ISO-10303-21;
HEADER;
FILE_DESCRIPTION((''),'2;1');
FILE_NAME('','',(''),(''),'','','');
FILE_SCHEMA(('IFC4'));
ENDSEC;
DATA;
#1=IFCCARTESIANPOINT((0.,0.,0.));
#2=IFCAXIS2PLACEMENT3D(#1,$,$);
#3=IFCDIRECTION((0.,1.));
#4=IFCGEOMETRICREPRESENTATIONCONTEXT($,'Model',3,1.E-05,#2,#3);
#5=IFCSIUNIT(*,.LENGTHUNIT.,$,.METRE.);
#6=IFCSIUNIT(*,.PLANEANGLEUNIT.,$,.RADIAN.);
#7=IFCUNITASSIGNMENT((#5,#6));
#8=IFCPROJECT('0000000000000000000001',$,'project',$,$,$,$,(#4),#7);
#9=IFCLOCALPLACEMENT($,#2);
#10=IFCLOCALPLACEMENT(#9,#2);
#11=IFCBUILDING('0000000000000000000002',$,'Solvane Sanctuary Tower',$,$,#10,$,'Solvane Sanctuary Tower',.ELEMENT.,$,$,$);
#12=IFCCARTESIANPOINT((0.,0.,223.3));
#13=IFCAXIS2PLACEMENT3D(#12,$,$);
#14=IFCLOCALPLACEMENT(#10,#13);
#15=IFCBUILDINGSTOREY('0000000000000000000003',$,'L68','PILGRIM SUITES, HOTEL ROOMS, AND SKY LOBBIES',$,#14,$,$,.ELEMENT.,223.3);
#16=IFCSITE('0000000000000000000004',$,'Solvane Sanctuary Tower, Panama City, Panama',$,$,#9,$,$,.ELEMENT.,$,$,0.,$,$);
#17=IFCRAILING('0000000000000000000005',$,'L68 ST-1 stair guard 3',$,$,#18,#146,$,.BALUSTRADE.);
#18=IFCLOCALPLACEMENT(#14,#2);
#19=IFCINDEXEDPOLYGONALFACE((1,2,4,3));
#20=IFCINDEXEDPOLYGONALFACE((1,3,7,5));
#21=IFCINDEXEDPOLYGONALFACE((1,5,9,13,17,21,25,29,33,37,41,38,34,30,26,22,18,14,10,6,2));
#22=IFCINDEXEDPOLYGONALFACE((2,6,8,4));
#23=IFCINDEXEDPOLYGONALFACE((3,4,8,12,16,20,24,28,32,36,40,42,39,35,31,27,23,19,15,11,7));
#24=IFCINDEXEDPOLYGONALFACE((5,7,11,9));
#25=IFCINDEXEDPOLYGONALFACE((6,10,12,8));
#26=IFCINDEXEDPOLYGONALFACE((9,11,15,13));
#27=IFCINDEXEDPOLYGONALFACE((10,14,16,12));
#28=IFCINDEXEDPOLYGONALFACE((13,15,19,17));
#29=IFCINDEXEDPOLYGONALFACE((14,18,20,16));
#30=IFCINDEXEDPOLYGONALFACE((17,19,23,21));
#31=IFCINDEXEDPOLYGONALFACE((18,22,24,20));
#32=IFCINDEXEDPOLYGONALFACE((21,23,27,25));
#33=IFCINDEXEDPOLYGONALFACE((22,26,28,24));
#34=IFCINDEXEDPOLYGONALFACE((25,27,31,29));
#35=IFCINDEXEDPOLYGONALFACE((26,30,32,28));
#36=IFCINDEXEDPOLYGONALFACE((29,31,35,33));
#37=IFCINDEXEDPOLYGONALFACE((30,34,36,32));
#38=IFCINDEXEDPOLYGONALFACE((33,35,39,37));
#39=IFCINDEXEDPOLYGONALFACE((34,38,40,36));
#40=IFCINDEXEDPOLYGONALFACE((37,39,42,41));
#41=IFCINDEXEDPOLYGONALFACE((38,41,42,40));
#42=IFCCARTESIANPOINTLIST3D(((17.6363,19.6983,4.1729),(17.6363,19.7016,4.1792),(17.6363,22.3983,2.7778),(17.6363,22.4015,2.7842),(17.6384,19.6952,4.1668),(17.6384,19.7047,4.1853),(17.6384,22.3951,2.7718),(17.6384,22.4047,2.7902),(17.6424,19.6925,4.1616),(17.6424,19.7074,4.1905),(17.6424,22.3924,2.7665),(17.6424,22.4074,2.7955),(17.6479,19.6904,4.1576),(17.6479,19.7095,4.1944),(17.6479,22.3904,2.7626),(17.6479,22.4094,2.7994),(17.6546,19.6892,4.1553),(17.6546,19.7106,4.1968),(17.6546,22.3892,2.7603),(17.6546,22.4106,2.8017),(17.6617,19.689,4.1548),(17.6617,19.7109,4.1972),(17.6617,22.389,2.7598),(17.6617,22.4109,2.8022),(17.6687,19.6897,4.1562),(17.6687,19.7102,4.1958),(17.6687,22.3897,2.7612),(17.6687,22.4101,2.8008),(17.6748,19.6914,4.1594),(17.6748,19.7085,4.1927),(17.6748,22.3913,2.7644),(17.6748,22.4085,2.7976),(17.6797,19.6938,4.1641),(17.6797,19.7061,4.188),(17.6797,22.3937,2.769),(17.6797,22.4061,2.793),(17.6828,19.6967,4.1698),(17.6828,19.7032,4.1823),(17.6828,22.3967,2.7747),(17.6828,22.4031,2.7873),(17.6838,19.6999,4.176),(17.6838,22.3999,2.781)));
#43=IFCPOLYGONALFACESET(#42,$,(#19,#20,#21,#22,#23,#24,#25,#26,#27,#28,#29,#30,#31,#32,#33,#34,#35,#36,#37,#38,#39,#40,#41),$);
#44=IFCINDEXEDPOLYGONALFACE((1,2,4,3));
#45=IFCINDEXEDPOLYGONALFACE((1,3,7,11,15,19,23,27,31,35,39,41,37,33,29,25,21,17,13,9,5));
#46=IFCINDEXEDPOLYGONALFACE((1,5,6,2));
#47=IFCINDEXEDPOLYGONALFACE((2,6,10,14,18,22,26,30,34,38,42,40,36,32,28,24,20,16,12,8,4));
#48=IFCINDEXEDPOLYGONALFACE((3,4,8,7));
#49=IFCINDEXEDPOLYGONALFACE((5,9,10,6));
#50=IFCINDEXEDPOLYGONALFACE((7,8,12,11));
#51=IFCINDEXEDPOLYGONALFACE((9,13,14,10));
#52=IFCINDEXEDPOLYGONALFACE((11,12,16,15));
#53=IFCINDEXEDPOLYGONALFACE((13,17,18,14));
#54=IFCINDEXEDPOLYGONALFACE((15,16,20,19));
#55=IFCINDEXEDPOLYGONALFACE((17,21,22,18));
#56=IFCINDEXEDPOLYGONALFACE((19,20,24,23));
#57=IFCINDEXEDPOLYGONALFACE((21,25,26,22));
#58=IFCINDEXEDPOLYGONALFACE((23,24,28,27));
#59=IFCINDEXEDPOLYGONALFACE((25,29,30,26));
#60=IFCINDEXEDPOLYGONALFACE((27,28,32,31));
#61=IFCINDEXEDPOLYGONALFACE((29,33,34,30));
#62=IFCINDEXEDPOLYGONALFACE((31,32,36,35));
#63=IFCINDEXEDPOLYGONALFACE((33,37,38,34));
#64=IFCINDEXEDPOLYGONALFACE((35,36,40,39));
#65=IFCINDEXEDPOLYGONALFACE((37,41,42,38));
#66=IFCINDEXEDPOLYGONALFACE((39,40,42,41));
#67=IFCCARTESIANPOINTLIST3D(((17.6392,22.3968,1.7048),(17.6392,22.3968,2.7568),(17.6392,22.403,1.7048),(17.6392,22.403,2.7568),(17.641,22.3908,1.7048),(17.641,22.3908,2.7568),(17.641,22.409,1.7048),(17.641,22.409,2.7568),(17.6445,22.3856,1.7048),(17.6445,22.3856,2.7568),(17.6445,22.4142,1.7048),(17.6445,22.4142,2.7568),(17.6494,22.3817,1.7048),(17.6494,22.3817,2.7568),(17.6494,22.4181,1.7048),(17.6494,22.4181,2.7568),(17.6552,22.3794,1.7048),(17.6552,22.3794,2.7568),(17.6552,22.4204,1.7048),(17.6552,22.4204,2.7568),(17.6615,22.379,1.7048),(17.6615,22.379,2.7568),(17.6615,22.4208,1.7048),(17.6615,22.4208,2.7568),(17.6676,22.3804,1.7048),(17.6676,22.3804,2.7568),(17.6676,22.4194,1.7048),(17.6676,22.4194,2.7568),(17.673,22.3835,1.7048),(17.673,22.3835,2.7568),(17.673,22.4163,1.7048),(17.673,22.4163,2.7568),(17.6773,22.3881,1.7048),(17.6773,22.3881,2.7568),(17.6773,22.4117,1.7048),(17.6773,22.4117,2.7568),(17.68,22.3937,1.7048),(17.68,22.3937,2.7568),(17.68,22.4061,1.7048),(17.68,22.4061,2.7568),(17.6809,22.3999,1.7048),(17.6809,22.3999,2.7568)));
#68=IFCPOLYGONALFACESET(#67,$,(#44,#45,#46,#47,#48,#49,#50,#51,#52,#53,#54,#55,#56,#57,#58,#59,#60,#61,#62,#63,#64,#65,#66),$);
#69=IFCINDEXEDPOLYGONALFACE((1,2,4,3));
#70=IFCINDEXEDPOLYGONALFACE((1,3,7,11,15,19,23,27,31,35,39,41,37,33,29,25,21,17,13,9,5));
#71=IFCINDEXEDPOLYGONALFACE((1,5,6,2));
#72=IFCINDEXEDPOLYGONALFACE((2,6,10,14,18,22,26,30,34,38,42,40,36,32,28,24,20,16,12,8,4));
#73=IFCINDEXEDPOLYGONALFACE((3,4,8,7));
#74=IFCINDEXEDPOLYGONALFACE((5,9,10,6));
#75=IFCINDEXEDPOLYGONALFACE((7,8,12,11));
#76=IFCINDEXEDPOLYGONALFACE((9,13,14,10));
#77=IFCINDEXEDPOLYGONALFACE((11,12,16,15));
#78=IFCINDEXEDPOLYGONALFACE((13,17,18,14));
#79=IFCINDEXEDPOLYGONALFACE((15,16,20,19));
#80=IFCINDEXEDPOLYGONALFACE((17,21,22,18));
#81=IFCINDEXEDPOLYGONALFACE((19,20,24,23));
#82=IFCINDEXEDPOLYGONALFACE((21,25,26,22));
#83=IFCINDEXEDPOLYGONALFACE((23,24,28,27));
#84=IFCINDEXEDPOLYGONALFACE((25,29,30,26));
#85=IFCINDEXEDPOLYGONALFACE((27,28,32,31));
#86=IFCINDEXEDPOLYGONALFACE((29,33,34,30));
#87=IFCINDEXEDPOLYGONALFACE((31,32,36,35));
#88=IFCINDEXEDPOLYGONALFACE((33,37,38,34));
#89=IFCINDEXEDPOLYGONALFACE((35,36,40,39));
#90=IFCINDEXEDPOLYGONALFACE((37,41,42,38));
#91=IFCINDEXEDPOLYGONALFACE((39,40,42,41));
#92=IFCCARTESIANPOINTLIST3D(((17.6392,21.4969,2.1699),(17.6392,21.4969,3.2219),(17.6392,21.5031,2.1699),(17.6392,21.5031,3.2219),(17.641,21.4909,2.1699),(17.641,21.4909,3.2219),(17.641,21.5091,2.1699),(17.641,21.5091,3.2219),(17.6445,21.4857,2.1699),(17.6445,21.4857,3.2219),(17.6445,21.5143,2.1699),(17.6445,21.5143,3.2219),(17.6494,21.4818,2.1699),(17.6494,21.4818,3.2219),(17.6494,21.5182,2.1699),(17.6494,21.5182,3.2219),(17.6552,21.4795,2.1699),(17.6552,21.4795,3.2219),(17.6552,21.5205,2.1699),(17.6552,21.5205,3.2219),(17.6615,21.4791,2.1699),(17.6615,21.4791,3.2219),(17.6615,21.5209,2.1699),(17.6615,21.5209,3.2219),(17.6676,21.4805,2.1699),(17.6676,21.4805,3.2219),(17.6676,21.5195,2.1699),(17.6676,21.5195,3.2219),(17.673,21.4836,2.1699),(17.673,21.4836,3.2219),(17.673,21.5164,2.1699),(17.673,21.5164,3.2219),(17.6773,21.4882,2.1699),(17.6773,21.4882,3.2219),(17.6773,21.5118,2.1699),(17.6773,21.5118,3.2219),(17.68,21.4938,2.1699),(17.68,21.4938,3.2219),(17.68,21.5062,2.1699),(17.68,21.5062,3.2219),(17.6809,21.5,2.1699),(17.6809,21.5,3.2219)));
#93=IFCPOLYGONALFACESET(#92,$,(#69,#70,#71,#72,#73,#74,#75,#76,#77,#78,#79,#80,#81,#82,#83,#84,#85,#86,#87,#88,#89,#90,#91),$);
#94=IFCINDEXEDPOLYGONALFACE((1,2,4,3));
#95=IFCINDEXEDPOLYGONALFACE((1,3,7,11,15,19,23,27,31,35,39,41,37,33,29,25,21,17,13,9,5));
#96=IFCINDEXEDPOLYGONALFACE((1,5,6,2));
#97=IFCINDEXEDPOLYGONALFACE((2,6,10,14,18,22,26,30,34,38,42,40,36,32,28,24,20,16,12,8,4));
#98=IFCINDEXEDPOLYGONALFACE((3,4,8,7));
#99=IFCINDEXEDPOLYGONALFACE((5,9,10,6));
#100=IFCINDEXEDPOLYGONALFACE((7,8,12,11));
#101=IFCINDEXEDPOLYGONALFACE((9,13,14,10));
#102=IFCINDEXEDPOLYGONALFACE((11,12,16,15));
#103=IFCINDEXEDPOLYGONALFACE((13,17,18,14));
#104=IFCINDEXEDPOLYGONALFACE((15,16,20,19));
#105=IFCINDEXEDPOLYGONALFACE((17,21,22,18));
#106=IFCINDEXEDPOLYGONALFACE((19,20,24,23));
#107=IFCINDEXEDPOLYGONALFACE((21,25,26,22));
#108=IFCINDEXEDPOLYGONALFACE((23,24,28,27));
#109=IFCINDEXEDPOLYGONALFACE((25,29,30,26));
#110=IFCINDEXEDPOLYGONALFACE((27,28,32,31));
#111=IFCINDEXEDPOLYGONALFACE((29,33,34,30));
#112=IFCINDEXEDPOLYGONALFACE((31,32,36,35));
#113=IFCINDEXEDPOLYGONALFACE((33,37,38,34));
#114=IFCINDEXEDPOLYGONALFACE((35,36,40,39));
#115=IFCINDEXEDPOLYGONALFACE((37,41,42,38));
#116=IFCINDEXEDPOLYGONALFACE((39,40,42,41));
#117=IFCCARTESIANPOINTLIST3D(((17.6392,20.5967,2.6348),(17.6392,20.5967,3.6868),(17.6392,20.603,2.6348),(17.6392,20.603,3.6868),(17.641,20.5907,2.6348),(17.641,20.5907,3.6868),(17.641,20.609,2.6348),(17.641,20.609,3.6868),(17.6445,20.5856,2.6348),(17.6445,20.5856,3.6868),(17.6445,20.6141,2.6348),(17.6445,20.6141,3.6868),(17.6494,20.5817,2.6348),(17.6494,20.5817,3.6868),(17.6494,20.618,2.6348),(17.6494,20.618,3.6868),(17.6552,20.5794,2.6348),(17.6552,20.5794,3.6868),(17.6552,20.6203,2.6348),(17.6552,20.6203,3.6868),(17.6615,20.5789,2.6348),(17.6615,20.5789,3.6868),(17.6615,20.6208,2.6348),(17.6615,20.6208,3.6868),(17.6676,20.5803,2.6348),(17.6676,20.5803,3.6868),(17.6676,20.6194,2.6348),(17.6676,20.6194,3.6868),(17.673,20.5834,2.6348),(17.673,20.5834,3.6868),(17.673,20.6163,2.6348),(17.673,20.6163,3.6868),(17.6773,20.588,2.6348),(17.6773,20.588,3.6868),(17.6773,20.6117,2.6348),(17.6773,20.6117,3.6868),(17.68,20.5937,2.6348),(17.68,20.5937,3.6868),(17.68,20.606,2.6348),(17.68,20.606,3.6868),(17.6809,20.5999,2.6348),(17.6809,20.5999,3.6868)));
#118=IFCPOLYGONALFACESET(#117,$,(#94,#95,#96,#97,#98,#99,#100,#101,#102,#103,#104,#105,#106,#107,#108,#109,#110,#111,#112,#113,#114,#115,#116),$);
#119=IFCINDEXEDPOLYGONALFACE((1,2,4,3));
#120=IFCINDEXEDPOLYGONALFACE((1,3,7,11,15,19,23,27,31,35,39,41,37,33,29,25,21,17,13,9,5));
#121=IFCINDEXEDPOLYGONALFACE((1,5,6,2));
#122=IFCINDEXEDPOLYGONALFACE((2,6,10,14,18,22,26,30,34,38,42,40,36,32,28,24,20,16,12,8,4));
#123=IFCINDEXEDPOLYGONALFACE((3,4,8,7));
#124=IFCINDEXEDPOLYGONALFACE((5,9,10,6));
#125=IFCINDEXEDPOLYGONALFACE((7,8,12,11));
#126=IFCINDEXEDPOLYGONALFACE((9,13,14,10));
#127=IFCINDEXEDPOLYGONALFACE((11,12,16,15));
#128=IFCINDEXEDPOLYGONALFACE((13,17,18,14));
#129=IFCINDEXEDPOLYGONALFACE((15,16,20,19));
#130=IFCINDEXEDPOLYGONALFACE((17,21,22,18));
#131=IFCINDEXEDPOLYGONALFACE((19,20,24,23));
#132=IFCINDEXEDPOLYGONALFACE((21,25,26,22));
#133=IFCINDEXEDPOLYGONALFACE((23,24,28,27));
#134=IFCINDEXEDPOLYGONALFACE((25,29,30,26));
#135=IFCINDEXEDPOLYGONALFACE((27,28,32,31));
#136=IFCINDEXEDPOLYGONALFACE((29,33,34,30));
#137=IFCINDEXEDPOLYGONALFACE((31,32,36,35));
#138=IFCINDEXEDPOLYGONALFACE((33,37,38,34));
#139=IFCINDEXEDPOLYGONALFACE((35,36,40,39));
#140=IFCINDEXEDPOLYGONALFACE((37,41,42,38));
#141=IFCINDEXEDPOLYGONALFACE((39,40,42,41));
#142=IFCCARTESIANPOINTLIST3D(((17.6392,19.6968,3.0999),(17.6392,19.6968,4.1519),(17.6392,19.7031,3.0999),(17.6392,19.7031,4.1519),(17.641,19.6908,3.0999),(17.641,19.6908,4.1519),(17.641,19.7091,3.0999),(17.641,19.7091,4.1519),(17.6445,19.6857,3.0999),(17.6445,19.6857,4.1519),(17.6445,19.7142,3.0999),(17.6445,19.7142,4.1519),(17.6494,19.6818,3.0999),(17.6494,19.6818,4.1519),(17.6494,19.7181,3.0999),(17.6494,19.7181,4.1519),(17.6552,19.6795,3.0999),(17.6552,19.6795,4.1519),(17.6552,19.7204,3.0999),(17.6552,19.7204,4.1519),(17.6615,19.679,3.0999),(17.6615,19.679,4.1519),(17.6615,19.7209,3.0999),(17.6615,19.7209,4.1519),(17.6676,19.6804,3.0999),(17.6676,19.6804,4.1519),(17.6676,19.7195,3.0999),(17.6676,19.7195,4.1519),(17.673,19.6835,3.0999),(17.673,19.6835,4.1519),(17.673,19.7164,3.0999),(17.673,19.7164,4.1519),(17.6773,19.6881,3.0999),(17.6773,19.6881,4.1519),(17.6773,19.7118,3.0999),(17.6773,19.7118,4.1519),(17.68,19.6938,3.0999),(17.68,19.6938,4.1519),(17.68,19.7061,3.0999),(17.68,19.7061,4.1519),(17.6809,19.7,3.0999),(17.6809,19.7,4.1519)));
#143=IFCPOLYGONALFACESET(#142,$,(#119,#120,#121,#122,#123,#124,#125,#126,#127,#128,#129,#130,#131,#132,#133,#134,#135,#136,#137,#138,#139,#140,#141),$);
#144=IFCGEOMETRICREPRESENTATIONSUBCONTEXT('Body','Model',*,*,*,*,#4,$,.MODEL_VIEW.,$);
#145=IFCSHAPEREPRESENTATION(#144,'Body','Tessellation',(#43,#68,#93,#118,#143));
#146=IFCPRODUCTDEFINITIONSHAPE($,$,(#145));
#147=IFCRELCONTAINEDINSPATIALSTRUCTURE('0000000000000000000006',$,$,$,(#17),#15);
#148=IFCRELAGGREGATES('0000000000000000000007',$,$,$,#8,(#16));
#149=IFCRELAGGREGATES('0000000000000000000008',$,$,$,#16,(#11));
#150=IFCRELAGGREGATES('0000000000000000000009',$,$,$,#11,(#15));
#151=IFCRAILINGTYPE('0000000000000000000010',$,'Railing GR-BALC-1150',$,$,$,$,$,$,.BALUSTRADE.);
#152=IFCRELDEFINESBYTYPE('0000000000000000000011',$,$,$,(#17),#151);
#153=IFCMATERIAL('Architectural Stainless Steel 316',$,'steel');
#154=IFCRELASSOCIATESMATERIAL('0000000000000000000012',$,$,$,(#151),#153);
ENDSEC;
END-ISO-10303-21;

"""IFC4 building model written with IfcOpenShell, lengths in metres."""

from ifc_helpers import new_model, si_unit, direction, frame, origin, origin_2d, place, context, subcontext, project, spatial, circle, extrude, material, type_object, element, save


model = new_model("IFC4")

# Units and contexts
model_context = context("Model", 3, precision=1e-05, world=origin(), true_north=direction((0.0, 1.0)))
body_context = subcontext(model_context, "Body", "Model", "MODEL_VIEW")
ifc_project = project(units=[si_unit("LENGTHUNIT", "METRE"), si_unit("PLANEANGLEUNIT", "RADIAN")], contexts=[model_context])

# Site, building, storey
site_placement = place(None, origin())
site = spatial("IfcSite", under=ifc_project, at=site_placement, Name="Solvane Sanctuary Tower, Panama City, Panama", CompositionType="ELEMENT", RefElevation=0.0)
building_placement = place(site_placement, origin())
building = spatial("IfcBuilding", under=site, at=building_placement, Name="Solvane Sanctuary Tower", LongName="Solvane Sanctuary Tower", CompositionType="ELEMENT")
storey_placement = place(building_placement, frame((0.0, 0.0, 223.3)))
storey = spatial("IfcBuildingStorey", under=building, at=storey_placement, Name="L68", Description="PILGRIM SUITES, HOTEL ROOMS, AND SKY LOBBIES", CompositionType="ELEMENT", Elevation=223.3)

# Shared definitions
ifc_material_1 = material(Name="Architectural Stainless Steel 316", Category="steel")

# Railing
railing_type_1 = type_object("IfcRailingType", Name="Railing GR-BALC-1150", PredefinedType="BALUSTRADE", material=ifc_material_1)
railing_1_placement = place(storey_placement, frame((17.6599, 22.3999, 1.7048)))
element("IfcRailing", 1, at=railing_1_placement, inside=storey, type_object=railing_type_1, Name="L68 ST-1 stair guard 3", PredefinedType="BALUSTRADE", context=body_context, shape_type="SweptSolid", body=[
    extrude(circle(Radius=0.0239, at=origin_2d()), frame((0.0, 0.0, 1.0762), z_axis=(0.0, -0.88842, 0.459032), x_axis=(1.0, 0.0, 0.0)), (0.0, 0.0, 1.0), 3.0391),
    extrude(circle(Radius=0.021, at=origin_2d()), origin(), (0.0, 0.0, 1.0), 1.052),
    extrude(circle(Radius=0.021, at=origin_2d()), frame((0.0, -0.8999, 0.4651)), (0.0, 0.0, 1.0), 1.052),
    extrude(circle(Radius=0.021, at=origin_2d()), frame((0.0, -1.8, 0.9299)), (0.0, 0.0, 1.0), 1.052),
    extrude(circle(Radius=0.021, at=origin_2d()), frame((0.0, -2.7, 1.395)), (0.0, 0.0, 1.0), 1.052),
])

save(model, "model.ifc")
